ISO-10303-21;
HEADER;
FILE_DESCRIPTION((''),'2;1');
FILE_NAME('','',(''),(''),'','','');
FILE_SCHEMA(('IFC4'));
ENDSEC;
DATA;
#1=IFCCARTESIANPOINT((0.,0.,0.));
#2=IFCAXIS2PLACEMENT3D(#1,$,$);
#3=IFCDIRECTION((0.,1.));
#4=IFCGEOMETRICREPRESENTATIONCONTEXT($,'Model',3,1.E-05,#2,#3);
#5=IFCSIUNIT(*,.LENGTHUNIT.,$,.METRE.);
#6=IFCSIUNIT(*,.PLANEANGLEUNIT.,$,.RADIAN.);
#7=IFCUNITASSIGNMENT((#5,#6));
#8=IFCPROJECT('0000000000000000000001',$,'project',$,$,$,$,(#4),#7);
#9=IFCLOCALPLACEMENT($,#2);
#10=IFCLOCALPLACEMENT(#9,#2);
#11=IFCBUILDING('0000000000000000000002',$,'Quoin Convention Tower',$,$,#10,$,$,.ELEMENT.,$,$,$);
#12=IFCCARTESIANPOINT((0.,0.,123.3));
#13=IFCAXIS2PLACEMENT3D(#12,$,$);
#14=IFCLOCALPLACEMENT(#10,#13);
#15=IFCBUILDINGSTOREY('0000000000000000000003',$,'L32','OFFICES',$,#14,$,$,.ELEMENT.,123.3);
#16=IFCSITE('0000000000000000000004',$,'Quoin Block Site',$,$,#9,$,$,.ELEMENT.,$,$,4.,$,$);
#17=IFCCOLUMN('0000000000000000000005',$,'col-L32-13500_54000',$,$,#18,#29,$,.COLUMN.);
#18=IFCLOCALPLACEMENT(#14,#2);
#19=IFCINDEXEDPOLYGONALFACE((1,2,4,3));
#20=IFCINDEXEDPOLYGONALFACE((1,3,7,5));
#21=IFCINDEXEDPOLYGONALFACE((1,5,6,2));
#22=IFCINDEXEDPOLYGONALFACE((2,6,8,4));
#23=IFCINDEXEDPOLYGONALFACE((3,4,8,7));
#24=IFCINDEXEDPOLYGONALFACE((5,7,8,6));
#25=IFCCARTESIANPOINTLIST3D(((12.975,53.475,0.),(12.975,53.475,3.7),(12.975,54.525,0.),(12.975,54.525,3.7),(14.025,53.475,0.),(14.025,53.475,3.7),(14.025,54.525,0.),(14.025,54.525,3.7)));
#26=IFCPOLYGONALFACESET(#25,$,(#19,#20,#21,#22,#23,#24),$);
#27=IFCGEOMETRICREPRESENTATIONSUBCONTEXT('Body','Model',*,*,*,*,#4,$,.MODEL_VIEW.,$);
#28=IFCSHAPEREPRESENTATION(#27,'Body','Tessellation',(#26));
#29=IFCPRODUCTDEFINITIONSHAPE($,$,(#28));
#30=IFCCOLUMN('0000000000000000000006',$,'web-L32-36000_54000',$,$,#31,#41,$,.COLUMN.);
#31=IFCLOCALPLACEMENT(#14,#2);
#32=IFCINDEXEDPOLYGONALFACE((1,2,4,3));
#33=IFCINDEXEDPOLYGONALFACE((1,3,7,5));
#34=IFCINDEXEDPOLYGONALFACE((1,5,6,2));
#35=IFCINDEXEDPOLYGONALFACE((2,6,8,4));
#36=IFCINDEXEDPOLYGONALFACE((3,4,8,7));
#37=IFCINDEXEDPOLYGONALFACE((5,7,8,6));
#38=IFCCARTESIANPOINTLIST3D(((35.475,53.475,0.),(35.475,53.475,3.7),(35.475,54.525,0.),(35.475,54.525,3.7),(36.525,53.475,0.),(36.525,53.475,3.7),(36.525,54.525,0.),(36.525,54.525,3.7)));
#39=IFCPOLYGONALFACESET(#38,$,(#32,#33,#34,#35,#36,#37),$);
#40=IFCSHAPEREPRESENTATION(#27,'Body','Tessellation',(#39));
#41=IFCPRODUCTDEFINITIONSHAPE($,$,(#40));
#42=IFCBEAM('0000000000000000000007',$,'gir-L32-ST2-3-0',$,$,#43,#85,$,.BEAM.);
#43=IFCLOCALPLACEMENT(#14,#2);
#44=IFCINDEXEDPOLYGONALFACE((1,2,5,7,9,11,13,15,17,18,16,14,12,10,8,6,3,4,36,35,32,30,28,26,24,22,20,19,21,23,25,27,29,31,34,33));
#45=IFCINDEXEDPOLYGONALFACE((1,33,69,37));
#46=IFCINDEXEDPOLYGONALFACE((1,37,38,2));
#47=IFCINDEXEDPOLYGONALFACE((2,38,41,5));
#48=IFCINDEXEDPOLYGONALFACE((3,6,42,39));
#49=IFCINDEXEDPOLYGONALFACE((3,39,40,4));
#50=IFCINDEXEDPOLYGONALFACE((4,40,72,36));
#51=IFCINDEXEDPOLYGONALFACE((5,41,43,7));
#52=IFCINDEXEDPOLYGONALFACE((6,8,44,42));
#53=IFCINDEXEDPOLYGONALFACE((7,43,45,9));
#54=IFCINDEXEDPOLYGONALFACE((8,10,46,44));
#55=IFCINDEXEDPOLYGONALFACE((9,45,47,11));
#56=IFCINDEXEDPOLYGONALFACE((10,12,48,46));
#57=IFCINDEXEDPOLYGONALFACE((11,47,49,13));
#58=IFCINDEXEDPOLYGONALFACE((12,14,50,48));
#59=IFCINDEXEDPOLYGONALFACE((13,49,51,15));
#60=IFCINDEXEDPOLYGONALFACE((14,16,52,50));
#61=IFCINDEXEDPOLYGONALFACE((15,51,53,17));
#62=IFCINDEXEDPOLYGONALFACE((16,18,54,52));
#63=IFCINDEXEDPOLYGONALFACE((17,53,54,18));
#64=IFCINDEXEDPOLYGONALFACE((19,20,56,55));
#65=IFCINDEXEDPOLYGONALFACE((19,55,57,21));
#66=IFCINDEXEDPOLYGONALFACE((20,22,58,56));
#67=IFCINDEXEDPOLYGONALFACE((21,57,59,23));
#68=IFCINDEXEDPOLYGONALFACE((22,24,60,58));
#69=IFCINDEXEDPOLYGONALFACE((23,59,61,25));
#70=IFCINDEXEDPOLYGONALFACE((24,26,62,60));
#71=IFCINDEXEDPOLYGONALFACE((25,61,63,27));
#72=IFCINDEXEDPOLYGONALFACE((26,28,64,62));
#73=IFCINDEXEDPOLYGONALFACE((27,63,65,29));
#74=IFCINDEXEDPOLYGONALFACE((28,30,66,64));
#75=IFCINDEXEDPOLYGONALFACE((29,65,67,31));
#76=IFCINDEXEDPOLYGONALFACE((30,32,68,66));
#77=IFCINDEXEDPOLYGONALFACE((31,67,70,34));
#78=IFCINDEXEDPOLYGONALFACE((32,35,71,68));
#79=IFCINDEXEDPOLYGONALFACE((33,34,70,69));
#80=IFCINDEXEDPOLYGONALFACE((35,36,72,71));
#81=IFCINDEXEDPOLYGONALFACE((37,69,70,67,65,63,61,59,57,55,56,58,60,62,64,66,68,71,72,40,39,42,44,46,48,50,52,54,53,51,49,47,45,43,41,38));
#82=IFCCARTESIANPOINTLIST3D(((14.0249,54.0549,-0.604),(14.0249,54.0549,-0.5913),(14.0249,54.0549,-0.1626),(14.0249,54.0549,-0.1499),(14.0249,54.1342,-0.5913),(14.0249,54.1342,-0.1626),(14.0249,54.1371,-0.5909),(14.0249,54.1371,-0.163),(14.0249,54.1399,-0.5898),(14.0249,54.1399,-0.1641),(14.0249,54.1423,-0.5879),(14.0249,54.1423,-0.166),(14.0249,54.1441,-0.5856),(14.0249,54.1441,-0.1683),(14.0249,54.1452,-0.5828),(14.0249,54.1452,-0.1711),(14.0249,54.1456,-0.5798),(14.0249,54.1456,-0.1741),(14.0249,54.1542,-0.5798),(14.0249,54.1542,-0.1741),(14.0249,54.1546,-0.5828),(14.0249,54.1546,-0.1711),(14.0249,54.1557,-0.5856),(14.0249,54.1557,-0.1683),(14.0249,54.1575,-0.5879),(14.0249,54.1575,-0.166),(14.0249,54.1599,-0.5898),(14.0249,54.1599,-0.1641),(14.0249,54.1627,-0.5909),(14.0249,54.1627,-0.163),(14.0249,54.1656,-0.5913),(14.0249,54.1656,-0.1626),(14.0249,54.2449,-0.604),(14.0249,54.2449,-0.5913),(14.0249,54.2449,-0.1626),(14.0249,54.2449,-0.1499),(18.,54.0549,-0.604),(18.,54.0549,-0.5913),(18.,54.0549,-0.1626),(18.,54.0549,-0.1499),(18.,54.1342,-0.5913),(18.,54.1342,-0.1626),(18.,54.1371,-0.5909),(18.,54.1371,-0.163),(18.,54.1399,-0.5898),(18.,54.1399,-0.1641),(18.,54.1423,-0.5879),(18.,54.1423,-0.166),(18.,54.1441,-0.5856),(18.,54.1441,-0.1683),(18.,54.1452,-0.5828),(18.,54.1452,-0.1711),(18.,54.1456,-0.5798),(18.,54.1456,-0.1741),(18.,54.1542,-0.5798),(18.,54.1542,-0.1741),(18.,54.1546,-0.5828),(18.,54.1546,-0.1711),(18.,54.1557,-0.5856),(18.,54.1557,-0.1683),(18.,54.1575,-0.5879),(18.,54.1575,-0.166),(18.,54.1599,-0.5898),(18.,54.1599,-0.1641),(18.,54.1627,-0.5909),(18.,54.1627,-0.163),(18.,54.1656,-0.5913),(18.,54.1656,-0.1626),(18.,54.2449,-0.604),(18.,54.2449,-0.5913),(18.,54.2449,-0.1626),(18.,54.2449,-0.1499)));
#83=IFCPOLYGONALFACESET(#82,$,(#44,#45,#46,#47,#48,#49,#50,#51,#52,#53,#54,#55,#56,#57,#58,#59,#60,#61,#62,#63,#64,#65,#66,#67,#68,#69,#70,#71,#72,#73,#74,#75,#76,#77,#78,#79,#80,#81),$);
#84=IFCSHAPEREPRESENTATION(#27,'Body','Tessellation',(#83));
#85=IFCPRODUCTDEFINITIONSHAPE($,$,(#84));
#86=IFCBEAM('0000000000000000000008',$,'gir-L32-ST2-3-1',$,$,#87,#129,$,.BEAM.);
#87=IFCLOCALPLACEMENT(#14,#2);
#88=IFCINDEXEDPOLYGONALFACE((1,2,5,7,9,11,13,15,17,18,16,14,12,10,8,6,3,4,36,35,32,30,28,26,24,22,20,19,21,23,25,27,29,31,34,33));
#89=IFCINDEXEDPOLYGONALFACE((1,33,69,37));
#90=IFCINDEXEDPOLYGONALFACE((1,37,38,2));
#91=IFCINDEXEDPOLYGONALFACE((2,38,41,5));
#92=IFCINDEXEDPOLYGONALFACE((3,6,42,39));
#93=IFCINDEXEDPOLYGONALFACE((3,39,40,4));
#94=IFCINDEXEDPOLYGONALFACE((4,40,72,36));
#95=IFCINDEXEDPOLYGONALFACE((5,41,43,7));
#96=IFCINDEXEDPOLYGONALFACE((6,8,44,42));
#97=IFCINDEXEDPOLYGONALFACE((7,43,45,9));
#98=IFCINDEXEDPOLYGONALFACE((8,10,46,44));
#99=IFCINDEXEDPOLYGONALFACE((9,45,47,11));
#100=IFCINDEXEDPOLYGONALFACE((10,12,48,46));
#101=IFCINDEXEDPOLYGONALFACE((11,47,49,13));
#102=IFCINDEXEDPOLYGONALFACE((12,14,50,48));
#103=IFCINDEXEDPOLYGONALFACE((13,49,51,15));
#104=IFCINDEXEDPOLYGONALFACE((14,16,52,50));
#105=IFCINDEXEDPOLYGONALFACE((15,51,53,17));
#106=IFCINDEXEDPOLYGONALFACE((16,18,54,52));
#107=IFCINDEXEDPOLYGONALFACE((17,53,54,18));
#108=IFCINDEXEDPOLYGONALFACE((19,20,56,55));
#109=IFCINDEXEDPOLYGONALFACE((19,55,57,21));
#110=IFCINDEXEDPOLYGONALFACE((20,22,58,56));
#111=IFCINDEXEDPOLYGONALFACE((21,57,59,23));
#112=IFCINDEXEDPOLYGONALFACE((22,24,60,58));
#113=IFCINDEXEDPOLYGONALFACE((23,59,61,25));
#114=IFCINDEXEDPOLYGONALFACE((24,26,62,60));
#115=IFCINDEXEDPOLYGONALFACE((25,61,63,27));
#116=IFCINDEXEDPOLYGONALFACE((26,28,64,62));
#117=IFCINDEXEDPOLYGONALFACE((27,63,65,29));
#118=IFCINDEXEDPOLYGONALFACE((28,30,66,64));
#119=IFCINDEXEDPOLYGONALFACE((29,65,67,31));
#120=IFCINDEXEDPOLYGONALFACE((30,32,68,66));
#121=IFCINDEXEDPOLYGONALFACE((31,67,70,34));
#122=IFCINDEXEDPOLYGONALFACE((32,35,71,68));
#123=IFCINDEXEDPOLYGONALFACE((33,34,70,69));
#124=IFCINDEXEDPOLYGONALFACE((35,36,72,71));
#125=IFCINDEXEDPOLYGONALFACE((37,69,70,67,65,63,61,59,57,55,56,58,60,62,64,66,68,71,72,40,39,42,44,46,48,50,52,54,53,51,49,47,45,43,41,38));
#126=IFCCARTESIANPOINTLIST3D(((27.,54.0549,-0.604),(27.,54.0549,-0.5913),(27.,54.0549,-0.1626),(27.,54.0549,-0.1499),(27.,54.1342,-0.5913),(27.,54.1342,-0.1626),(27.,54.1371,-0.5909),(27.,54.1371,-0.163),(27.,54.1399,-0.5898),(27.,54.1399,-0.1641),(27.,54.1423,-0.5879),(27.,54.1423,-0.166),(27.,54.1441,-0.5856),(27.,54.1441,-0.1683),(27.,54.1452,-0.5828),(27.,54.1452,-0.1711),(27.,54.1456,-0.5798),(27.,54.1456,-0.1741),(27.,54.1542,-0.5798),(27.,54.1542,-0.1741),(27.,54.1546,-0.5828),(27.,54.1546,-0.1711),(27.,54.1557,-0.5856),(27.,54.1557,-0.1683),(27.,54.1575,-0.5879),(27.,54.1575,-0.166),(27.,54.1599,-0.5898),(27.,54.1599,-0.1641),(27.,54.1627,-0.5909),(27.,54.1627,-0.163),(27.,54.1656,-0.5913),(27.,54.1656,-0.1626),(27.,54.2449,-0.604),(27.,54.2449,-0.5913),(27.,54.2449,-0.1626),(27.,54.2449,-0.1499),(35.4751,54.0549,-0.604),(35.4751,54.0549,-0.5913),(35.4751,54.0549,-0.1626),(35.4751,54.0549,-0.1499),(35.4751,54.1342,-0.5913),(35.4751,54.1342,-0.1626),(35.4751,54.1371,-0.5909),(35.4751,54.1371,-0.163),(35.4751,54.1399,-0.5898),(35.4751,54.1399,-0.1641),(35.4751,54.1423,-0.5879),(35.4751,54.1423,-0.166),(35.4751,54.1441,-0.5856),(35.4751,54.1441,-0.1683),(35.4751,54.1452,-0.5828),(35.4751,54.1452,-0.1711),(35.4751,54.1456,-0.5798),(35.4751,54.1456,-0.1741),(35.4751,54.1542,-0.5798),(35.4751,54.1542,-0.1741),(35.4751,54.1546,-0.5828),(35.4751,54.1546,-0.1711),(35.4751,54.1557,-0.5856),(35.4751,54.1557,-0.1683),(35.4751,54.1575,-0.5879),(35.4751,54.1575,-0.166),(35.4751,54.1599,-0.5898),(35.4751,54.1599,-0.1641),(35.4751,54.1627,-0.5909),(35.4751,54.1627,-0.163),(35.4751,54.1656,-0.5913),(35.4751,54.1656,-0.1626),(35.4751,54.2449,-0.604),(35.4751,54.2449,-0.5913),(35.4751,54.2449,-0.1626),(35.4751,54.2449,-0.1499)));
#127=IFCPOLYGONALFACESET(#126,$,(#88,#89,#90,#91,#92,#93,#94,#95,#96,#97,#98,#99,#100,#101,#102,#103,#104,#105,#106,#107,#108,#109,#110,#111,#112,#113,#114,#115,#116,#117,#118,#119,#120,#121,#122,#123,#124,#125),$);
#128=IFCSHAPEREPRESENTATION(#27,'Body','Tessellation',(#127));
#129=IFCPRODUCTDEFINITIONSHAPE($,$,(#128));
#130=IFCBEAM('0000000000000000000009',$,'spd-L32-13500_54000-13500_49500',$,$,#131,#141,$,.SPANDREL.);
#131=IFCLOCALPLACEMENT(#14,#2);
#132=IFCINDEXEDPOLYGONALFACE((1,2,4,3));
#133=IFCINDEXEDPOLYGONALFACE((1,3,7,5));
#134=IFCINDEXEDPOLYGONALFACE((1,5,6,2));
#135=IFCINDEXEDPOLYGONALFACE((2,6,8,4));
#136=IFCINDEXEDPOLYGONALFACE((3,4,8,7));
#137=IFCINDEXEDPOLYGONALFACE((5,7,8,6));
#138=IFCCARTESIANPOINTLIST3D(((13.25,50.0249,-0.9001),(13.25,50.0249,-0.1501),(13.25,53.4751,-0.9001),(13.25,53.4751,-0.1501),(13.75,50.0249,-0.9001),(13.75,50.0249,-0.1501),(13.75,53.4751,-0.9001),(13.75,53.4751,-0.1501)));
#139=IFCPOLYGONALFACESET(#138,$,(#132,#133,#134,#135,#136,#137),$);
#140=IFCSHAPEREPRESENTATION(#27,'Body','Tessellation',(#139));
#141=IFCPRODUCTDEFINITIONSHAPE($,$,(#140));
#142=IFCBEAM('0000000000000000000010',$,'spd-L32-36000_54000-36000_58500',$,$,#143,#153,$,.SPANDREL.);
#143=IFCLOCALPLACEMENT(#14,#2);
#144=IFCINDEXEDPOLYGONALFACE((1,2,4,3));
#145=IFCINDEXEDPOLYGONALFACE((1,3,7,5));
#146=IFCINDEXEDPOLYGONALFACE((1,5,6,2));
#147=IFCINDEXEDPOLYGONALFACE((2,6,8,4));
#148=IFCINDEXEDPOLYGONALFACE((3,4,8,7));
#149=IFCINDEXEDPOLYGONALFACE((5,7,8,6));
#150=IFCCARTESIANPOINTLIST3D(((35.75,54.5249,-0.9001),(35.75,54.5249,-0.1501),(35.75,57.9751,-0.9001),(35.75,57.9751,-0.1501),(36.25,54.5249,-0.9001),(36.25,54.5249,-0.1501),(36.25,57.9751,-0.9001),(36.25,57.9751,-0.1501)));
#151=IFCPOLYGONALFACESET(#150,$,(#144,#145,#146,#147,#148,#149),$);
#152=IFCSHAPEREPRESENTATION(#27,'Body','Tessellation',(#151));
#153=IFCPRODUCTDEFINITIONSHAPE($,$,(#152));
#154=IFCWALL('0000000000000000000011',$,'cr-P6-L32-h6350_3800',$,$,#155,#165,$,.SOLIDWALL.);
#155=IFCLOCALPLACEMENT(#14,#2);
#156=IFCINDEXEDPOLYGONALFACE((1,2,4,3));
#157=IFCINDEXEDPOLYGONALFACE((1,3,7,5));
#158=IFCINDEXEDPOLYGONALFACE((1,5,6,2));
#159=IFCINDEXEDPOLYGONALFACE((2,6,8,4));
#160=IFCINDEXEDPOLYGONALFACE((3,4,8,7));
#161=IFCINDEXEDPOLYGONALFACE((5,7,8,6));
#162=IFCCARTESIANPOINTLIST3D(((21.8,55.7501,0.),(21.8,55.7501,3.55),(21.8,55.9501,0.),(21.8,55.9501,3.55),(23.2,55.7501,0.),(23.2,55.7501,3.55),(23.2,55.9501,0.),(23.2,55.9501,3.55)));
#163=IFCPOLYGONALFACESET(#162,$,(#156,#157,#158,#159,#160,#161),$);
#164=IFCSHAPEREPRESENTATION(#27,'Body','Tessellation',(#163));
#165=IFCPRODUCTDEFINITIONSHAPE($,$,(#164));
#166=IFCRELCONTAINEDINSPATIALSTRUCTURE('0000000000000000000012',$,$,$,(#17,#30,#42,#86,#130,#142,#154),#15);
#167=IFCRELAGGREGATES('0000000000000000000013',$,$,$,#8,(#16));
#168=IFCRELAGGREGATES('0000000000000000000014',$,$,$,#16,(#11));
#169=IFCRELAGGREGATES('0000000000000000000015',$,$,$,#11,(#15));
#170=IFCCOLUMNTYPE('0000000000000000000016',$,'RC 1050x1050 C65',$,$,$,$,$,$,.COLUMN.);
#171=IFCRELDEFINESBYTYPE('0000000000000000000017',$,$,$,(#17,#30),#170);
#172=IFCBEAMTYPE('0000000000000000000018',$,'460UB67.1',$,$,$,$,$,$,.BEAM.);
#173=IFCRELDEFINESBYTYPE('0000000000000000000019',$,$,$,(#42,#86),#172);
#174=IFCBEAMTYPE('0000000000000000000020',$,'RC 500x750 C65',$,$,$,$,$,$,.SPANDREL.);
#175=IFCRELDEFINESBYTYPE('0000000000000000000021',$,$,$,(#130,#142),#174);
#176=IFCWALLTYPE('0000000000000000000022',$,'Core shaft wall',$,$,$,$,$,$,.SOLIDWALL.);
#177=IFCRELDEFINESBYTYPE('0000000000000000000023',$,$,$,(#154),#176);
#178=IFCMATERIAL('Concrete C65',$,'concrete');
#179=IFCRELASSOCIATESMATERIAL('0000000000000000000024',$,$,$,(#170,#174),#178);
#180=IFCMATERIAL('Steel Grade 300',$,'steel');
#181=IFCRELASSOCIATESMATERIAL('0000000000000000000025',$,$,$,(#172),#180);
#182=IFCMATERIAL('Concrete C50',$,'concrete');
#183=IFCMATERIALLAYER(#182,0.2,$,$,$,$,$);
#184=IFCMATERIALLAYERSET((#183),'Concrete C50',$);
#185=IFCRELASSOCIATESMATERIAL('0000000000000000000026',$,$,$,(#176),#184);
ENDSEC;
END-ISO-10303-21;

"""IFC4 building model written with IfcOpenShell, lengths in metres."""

from ifc_helpers import new_model, si_unit, direction, frame, frame_2d, origin, origin_2d, place, context, subcontext, project, spatial, rectangle, i_section, extrude, material, layer, layer_set, material_profile, profile_set, type_object, element, save


model = new_model("IFC4")

# Units and contexts
model_context = context("Model", 3, precision=1e-05, world=origin(), true_north=direction((0.0, 1.0)))
body_context = subcontext(model_context, "Body", "Model", "MODEL_VIEW")
ifc_project = project(units=[si_unit("LENGTHUNIT", "METRE"), si_unit("PLANEANGLEUNIT", "RADIAN")], contexts=[model_context])

# Site, building, storey
site_placement = place(None, origin())
site = spatial("IfcSite", under=ifc_project, at=site_placement, Name="Quoin Block Site", CompositionType="ELEMENT", RefElevation=4.0)
building_placement = place(site_placement, origin())
building = spatial("IfcBuilding", under=site, at=building_placement, Name="Quoin Convention Tower", CompositionType="ELEMENT")
storey_placement = place(building_placement, frame((0.0, 0.0, 123.3)))
storey = spatial("IfcBuildingStorey", under=building, at=storey_placement, Name="L32", Description="OFFICES", CompositionType="ELEMENT", Elevation=123.3)

# Columns
ifc_material_1 = material(Name="Concrete C65", Category="concrete")
ifc_material_profile_1 = material_profile(ifc_material_1, rectangle(XDim=1.05, YDim=1.05, at=origin_2d()), Name="RC 1050x1050")
ifc_profile_set_1 = profile_set([ifc_material_profile_1], Name="Concrete C65")
column_type = type_object("IfcColumnType", Name="RC 1050x1050 C65", PredefinedType="COLUMN", material=ifc_profile_set_1)
for number, where, z_axis, x_axis, name in (
    (1, (13.5, 54.0, 0.0), (0.0, 0.0, 1.0), (1.0, 0.0, 0.0), "col-L32-13500_54000"),
    (2, (36.0, 54.0, 0.0), (0.0, 0.0, 1.0), (1.0, 0.0, 0.0), "web-L32-36000_54000"),
):
    element("IfcColumn", number, at=place(storey_placement, frame(where, z_axis=z_axis, x_axis=x_axis)), inside=storey, type_object=column_type, Name=name, PredefinedType="COLUMN", context=body_context, shape_type="SweptSolid", body=[
        extrude(rectangle(XDim=1.05, YDim=1.05, at=origin_2d()), origin(), (0.0, 0.0, 1.0), 3.7),
    ])

# Beams
ifc_material_2 = material(Name="Steel Grade 300", Category="steel")
ifc_material_profile_2 = material_profile(ifc_material_2, i_section(OverallWidth=0.1899, OverallDepth=0.4541, WebThickness=0.0085, FlangeThickness=0.0127, FilletRadius=0.0115, at=origin_2d()), Name="460UB67.1")
ifc_profile_set_2 = profile_set([ifc_material_profile_2], Name="Steel Grade 300")
beam_type_1 = type_object("IfcBeamType", Name="460UB67.1", PredefinedType="BEAM", material=ifc_profile_set_2)
beam_1_placement = place(storey_placement, frame((14.0249, 54.1499, -0.377), z_axis=(1.0, 0.0, 0.0), x_axis=(0.0, 1.0, 0.0)))
element("IfcBeam", 3, at=beam_1_placement, inside=storey, type_object=beam_type_1, Name="gir-L32-ST2-3-0", PredefinedType="BEAM", context=body_context, shape_type="SweptSolid", body=[
    extrude(i_section(OverallWidth=0.1899, OverallDepth=0.4541, WebThickness=0.0085, FlangeThickness=0.0127, FilletRadius=0.0115, at=origin_2d()), origin(), (0.0, 0.0, 1.0), 3.9751),
])
beam_2_placement = place(storey_placement, frame((27.0, 54.1499, -0.377), z_axis=(1.0, 0.0, 0.0), x_axis=(0.0, 1.0, 0.0)))
element("IfcBeam", 4, at=beam_2_placement, inside=storey, type_object=beam_type_1, Name="gir-L32-ST2-3-1", PredefinedType="BEAM", context=body_context, shape_type="SweptSolid", body=[
    extrude(i_section(OverallWidth=0.1899, OverallDepth=0.4541, WebThickness=0.0085, FlangeThickness=0.0127, FilletRadius=0.0115, at=origin_2d()), origin(), (0.0, 0.0, 1.0), 8.4751),
])
ifc_material_profile_3 = material_profile(ifc_material_1, rectangle(XDim=0.5, YDim=0.75, at=origin_2d()), Name="RC 500x750")
ifc_profile_set_3 = profile_set([ifc_material_profile_3], Name="Concrete C65")
beam_type_2 = type_object("IfcBeamType", Name="RC 500x750 C65", PredefinedType="SPANDREL", material=ifc_profile_set_3)
for number, where, z_axis, x_axis, name in (
    (5, (13.5, 53.4751, -0.5251), (0.0, -1.0, 0.0), (1.0, 0.0, 0.0), "spd-L32-13500_54000-13500_49500"),
    (6, (36.0, 54.5249, -0.5251), (0.0, 1.0, 0.0), (-1.0, 0.0, 0.0), "spd-L32-36000_54000-36000_58500"),
):
    element("IfcBeam", number, at=place(storey_placement, frame(where, z_axis=z_axis, x_axis=x_axis)), inside=storey, type_object=beam_type_2, Name=name, PredefinedType="SPANDREL", context=body_context, shape_type="SweptSolid", body=[
        extrude(rectangle(XDim=0.5, YDim=0.75, at=origin_2d()), origin(), (0.0, 0.0, 1.0), 3.4502),
    ])

# Wall
ifc_material_3 = material(Name="Concrete C50", Category="concrete")
ifc_layer_1 = layer(ifc_material_3, 0.2)
ifc_layer_set_1 = layer_set([ifc_layer_1], Name="Concrete C50")
wall_type_1 = type_object("IfcWallType", Name="Core shaft wall", PredefinedType="SOLIDWALL", material=ifc_layer_set_1)
wall_1_placement = place(storey_placement, frame((21.8, 55.8501, 0.0), z_axis=(0.0, 0.0, 1.0), x_axis=(1.0, 0.0, 0.0)))
element("IfcWall", 7, at=wall_1_placement, inside=storey, type_object=wall_type_1, Name="cr-P6-L32-h6350_3800", PredefinedType="SOLIDWALL", context=body_context, shape_type="SweptSolid", body=[
    extrude(rectangle(XDim=1.3999, YDim=0.2, at=frame_2d((0.7, 0.0))), origin(), (0.0, 0.0, 1.0), 3.55),
])

save(model, "model.ifc")
